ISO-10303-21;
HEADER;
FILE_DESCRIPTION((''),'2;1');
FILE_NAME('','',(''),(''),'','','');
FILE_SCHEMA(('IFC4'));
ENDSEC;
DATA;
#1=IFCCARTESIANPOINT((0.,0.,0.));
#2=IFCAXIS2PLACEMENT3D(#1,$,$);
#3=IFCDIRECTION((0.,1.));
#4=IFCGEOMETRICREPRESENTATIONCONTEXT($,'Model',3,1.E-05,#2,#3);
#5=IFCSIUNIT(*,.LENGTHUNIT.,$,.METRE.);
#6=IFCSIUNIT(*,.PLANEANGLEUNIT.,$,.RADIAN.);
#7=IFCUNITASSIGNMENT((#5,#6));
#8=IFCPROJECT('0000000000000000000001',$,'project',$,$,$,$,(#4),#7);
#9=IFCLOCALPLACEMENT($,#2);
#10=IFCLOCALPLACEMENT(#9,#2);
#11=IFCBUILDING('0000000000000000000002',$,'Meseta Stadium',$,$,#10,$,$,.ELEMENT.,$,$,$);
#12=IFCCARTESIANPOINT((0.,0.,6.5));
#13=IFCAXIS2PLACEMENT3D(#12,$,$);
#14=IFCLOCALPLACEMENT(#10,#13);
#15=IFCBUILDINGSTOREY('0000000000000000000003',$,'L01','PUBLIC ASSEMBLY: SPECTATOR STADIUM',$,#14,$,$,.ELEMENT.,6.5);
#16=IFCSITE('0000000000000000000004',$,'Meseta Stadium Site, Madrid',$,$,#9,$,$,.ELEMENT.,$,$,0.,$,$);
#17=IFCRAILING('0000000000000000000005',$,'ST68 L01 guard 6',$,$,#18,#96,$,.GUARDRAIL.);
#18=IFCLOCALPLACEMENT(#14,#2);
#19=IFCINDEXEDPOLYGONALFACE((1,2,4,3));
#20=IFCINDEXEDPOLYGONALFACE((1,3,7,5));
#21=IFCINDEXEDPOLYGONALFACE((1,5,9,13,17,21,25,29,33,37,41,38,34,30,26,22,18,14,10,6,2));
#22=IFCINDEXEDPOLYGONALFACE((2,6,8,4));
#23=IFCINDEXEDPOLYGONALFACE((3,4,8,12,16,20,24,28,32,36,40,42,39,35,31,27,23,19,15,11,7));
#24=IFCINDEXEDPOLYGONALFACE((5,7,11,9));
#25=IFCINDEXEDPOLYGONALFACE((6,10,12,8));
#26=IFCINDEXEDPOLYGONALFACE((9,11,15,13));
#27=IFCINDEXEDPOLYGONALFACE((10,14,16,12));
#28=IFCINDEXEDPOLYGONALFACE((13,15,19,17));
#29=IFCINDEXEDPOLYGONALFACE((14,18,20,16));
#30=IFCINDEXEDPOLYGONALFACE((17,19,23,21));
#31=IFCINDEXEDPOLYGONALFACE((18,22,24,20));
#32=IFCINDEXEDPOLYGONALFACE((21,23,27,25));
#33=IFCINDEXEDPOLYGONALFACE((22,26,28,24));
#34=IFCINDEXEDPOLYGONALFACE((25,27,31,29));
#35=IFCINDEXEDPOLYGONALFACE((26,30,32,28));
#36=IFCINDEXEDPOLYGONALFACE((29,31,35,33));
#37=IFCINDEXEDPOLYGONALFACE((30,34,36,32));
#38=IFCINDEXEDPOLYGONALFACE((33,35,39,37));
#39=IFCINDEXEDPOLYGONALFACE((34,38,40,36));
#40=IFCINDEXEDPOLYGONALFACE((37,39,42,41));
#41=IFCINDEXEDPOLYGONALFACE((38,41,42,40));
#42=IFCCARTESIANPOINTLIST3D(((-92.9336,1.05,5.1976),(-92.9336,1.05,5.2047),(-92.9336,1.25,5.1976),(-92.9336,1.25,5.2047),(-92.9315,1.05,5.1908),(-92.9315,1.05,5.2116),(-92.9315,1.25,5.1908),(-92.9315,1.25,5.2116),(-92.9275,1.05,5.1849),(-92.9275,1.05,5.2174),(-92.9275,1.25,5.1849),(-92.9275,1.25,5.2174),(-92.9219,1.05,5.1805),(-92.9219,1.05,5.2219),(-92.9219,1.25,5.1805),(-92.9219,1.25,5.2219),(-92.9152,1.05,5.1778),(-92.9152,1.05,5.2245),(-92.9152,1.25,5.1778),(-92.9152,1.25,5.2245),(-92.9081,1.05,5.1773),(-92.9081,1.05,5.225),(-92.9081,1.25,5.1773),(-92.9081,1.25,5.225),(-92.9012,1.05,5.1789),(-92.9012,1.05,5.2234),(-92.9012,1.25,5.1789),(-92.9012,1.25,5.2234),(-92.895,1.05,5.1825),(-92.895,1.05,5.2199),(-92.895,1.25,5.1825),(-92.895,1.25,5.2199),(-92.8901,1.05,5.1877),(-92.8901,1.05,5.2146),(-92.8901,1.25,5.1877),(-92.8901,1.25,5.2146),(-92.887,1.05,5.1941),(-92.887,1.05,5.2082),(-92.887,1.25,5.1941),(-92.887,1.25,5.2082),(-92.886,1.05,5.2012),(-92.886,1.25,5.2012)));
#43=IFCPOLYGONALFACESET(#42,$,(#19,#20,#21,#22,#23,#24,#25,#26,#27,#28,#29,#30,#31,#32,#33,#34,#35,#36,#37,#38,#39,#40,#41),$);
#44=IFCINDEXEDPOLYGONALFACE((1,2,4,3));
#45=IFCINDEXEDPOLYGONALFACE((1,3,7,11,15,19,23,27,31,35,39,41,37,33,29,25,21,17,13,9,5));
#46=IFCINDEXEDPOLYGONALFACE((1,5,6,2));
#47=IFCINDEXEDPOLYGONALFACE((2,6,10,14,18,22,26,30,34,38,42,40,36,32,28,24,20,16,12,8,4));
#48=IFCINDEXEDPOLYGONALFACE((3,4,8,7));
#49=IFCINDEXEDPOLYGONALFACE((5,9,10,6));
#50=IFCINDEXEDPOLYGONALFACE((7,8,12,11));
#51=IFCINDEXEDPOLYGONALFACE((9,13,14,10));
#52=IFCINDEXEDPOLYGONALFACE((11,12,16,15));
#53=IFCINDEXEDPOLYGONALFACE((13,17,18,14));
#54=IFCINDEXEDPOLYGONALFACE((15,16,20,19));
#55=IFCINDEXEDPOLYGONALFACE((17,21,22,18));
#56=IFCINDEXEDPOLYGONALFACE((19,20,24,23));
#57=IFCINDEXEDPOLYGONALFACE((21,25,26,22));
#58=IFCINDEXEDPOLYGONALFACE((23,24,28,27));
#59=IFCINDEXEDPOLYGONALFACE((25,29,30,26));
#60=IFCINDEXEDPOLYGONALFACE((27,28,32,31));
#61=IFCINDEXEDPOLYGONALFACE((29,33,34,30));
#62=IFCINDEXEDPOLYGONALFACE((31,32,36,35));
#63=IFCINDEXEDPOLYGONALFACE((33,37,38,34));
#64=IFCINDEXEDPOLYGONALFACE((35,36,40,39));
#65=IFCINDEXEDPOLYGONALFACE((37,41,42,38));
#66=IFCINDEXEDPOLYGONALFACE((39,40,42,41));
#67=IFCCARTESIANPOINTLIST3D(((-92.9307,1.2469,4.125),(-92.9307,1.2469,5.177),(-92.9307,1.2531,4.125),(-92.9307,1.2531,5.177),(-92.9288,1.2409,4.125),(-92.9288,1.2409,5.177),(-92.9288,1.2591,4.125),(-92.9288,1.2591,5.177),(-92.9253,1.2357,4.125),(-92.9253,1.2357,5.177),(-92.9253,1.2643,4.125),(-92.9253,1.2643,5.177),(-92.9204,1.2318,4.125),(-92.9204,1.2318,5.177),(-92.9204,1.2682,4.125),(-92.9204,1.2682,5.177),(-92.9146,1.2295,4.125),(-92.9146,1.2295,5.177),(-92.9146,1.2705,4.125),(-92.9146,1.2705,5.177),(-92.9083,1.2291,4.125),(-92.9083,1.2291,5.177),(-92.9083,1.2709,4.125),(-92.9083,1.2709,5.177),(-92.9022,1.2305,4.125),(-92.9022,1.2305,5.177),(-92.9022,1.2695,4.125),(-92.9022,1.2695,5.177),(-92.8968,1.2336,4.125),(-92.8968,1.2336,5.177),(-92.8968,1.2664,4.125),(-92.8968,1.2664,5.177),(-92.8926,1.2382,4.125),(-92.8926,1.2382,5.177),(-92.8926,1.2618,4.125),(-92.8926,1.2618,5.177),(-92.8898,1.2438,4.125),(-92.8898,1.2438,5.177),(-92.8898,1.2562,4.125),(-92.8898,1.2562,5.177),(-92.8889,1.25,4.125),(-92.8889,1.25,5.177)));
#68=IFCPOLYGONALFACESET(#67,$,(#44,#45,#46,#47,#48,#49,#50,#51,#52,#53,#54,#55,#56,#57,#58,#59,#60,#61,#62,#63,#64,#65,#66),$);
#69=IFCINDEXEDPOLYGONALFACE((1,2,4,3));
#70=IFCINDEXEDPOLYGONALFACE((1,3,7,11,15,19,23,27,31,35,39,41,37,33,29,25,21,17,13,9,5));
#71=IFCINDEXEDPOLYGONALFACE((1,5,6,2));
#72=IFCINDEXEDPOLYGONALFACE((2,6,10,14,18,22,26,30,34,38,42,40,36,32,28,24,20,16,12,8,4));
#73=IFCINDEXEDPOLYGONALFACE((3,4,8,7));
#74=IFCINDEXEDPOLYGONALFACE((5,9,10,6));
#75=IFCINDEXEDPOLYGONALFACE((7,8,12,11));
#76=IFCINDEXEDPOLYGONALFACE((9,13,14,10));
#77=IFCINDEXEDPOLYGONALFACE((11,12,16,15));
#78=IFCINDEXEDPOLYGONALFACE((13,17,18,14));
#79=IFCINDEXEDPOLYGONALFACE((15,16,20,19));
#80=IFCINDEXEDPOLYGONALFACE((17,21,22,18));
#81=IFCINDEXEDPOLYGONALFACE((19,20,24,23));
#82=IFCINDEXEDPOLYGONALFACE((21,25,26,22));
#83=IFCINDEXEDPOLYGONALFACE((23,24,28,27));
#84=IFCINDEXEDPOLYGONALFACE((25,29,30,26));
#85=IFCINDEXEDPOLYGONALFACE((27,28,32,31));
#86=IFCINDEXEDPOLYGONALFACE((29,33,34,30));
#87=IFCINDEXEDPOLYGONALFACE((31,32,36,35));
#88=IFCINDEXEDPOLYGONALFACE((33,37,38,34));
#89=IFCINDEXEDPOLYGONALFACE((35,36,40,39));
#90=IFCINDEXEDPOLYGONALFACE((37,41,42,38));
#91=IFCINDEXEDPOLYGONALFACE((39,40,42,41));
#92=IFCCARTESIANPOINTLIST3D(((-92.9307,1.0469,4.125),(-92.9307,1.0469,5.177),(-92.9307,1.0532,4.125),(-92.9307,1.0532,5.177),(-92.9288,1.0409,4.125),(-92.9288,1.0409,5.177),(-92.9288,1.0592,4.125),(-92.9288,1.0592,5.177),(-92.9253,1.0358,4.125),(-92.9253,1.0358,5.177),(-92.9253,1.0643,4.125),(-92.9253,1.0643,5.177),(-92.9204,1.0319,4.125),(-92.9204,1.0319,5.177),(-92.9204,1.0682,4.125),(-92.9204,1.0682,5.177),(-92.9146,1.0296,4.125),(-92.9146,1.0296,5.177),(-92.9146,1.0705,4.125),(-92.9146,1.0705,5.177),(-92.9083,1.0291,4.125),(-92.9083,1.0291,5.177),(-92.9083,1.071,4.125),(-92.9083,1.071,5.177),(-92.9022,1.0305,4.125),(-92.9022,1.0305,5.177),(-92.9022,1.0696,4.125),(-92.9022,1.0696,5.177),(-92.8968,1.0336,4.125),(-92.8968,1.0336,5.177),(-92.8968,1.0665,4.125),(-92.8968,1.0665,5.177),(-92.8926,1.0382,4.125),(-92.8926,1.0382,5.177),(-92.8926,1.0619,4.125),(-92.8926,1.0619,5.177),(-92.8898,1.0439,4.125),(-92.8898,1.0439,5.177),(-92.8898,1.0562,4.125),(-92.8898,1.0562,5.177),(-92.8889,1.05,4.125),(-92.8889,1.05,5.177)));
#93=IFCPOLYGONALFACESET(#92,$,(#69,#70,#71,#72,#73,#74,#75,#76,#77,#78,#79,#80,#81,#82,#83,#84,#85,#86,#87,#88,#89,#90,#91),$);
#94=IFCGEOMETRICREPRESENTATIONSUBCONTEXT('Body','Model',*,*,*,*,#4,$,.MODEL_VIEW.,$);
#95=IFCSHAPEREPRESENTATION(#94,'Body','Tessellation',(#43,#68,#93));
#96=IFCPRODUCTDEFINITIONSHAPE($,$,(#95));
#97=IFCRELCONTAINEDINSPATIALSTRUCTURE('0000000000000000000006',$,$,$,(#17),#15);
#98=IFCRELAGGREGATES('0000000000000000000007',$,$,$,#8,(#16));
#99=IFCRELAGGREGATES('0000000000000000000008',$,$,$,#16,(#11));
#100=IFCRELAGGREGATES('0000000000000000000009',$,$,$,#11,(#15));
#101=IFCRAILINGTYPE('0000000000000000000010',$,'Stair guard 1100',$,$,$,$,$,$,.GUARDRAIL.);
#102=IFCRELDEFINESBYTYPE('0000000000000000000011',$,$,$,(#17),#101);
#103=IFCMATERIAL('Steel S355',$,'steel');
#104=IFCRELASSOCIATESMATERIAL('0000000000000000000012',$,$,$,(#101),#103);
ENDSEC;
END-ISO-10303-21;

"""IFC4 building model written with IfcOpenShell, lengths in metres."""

from ifc_helpers import new_model, si_unit, direction, frame, origin, origin_2d, place, context, subcontext, project, spatial, circle, extrude, material, type_object, element, save


model = new_model("IFC4")

# Units and contexts
model_context = context("Model", 3, precision=1e-05, world=origin(), true_north=direction((0.0, 1.0)))
body_context = subcontext(model_context, "Body", "Model", "MODEL_VIEW")
ifc_project = project(units=[si_unit("LENGTHUNIT", "METRE"), si_unit("PLANEANGLEUNIT", "RADIAN")], contexts=[model_context])

# Site, building, storey
site_placement = place(None, origin())
site = spatial("IfcSite", under=ifc_project, at=site_placement, Name="Meseta Stadium Site, Madrid", CompositionType="ELEMENT", RefElevation=0.0)
building_placement = place(site_placement, origin())
building = spatial("IfcBuilding", under=site, at=building_placement, Name="Meseta Stadium", CompositionType="ELEMENT")
storey_placement = place(building_placement, frame((0.0, 0.0, 6.5)))
storey = spatial("IfcBuildingStorey", under=building, at=storey_placement, Name="L01", Description="PUBLIC ASSEMBLY: SPECTATOR STADIUM", CompositionType="ELEMENT", Elevation=6.5)

# Railing
ifc_material_1 = material(Name="Steel S355", Category="steel")
railing_type_1 = type_object("IfcRailingType", Name="Stair guard 1100", PredefinedType="GUARDRAIL", material=ifc_material_1)
railing_1_placement = place(storey_placement, frame((-92.9099, 1.25, 4.125)))
element("IfcRailing", 1, at=railing_1_placement, inside=storey, type_object=railing_type_1, Name="ST68 L01 guard 6", PredefinedType="GUARDRAIL", context=body_context, shape_type="SweptSolid", body=[
    extrude(circle(Radius=0.0239, at=origin_2d()), frame((0.0, 0.0, 1.0762), z_axis=(0.0, -1.0, 0.0), x_axis=(1.0, 0.0, 0.0)), (0.0, 0.0, 1.0), 0.2),
    extrude(circle(Radius=0.021, at=origin_2d()), origin(), (0.0, 0.0, 1.0), 1.052),
    extrude(circle(Radius=0.021, at=origin_2d()), frame((0.0, -0.2, 0.0)), (0.0, 0.0, 1.0), 1.052),
])

save(model, "model.ifc")
